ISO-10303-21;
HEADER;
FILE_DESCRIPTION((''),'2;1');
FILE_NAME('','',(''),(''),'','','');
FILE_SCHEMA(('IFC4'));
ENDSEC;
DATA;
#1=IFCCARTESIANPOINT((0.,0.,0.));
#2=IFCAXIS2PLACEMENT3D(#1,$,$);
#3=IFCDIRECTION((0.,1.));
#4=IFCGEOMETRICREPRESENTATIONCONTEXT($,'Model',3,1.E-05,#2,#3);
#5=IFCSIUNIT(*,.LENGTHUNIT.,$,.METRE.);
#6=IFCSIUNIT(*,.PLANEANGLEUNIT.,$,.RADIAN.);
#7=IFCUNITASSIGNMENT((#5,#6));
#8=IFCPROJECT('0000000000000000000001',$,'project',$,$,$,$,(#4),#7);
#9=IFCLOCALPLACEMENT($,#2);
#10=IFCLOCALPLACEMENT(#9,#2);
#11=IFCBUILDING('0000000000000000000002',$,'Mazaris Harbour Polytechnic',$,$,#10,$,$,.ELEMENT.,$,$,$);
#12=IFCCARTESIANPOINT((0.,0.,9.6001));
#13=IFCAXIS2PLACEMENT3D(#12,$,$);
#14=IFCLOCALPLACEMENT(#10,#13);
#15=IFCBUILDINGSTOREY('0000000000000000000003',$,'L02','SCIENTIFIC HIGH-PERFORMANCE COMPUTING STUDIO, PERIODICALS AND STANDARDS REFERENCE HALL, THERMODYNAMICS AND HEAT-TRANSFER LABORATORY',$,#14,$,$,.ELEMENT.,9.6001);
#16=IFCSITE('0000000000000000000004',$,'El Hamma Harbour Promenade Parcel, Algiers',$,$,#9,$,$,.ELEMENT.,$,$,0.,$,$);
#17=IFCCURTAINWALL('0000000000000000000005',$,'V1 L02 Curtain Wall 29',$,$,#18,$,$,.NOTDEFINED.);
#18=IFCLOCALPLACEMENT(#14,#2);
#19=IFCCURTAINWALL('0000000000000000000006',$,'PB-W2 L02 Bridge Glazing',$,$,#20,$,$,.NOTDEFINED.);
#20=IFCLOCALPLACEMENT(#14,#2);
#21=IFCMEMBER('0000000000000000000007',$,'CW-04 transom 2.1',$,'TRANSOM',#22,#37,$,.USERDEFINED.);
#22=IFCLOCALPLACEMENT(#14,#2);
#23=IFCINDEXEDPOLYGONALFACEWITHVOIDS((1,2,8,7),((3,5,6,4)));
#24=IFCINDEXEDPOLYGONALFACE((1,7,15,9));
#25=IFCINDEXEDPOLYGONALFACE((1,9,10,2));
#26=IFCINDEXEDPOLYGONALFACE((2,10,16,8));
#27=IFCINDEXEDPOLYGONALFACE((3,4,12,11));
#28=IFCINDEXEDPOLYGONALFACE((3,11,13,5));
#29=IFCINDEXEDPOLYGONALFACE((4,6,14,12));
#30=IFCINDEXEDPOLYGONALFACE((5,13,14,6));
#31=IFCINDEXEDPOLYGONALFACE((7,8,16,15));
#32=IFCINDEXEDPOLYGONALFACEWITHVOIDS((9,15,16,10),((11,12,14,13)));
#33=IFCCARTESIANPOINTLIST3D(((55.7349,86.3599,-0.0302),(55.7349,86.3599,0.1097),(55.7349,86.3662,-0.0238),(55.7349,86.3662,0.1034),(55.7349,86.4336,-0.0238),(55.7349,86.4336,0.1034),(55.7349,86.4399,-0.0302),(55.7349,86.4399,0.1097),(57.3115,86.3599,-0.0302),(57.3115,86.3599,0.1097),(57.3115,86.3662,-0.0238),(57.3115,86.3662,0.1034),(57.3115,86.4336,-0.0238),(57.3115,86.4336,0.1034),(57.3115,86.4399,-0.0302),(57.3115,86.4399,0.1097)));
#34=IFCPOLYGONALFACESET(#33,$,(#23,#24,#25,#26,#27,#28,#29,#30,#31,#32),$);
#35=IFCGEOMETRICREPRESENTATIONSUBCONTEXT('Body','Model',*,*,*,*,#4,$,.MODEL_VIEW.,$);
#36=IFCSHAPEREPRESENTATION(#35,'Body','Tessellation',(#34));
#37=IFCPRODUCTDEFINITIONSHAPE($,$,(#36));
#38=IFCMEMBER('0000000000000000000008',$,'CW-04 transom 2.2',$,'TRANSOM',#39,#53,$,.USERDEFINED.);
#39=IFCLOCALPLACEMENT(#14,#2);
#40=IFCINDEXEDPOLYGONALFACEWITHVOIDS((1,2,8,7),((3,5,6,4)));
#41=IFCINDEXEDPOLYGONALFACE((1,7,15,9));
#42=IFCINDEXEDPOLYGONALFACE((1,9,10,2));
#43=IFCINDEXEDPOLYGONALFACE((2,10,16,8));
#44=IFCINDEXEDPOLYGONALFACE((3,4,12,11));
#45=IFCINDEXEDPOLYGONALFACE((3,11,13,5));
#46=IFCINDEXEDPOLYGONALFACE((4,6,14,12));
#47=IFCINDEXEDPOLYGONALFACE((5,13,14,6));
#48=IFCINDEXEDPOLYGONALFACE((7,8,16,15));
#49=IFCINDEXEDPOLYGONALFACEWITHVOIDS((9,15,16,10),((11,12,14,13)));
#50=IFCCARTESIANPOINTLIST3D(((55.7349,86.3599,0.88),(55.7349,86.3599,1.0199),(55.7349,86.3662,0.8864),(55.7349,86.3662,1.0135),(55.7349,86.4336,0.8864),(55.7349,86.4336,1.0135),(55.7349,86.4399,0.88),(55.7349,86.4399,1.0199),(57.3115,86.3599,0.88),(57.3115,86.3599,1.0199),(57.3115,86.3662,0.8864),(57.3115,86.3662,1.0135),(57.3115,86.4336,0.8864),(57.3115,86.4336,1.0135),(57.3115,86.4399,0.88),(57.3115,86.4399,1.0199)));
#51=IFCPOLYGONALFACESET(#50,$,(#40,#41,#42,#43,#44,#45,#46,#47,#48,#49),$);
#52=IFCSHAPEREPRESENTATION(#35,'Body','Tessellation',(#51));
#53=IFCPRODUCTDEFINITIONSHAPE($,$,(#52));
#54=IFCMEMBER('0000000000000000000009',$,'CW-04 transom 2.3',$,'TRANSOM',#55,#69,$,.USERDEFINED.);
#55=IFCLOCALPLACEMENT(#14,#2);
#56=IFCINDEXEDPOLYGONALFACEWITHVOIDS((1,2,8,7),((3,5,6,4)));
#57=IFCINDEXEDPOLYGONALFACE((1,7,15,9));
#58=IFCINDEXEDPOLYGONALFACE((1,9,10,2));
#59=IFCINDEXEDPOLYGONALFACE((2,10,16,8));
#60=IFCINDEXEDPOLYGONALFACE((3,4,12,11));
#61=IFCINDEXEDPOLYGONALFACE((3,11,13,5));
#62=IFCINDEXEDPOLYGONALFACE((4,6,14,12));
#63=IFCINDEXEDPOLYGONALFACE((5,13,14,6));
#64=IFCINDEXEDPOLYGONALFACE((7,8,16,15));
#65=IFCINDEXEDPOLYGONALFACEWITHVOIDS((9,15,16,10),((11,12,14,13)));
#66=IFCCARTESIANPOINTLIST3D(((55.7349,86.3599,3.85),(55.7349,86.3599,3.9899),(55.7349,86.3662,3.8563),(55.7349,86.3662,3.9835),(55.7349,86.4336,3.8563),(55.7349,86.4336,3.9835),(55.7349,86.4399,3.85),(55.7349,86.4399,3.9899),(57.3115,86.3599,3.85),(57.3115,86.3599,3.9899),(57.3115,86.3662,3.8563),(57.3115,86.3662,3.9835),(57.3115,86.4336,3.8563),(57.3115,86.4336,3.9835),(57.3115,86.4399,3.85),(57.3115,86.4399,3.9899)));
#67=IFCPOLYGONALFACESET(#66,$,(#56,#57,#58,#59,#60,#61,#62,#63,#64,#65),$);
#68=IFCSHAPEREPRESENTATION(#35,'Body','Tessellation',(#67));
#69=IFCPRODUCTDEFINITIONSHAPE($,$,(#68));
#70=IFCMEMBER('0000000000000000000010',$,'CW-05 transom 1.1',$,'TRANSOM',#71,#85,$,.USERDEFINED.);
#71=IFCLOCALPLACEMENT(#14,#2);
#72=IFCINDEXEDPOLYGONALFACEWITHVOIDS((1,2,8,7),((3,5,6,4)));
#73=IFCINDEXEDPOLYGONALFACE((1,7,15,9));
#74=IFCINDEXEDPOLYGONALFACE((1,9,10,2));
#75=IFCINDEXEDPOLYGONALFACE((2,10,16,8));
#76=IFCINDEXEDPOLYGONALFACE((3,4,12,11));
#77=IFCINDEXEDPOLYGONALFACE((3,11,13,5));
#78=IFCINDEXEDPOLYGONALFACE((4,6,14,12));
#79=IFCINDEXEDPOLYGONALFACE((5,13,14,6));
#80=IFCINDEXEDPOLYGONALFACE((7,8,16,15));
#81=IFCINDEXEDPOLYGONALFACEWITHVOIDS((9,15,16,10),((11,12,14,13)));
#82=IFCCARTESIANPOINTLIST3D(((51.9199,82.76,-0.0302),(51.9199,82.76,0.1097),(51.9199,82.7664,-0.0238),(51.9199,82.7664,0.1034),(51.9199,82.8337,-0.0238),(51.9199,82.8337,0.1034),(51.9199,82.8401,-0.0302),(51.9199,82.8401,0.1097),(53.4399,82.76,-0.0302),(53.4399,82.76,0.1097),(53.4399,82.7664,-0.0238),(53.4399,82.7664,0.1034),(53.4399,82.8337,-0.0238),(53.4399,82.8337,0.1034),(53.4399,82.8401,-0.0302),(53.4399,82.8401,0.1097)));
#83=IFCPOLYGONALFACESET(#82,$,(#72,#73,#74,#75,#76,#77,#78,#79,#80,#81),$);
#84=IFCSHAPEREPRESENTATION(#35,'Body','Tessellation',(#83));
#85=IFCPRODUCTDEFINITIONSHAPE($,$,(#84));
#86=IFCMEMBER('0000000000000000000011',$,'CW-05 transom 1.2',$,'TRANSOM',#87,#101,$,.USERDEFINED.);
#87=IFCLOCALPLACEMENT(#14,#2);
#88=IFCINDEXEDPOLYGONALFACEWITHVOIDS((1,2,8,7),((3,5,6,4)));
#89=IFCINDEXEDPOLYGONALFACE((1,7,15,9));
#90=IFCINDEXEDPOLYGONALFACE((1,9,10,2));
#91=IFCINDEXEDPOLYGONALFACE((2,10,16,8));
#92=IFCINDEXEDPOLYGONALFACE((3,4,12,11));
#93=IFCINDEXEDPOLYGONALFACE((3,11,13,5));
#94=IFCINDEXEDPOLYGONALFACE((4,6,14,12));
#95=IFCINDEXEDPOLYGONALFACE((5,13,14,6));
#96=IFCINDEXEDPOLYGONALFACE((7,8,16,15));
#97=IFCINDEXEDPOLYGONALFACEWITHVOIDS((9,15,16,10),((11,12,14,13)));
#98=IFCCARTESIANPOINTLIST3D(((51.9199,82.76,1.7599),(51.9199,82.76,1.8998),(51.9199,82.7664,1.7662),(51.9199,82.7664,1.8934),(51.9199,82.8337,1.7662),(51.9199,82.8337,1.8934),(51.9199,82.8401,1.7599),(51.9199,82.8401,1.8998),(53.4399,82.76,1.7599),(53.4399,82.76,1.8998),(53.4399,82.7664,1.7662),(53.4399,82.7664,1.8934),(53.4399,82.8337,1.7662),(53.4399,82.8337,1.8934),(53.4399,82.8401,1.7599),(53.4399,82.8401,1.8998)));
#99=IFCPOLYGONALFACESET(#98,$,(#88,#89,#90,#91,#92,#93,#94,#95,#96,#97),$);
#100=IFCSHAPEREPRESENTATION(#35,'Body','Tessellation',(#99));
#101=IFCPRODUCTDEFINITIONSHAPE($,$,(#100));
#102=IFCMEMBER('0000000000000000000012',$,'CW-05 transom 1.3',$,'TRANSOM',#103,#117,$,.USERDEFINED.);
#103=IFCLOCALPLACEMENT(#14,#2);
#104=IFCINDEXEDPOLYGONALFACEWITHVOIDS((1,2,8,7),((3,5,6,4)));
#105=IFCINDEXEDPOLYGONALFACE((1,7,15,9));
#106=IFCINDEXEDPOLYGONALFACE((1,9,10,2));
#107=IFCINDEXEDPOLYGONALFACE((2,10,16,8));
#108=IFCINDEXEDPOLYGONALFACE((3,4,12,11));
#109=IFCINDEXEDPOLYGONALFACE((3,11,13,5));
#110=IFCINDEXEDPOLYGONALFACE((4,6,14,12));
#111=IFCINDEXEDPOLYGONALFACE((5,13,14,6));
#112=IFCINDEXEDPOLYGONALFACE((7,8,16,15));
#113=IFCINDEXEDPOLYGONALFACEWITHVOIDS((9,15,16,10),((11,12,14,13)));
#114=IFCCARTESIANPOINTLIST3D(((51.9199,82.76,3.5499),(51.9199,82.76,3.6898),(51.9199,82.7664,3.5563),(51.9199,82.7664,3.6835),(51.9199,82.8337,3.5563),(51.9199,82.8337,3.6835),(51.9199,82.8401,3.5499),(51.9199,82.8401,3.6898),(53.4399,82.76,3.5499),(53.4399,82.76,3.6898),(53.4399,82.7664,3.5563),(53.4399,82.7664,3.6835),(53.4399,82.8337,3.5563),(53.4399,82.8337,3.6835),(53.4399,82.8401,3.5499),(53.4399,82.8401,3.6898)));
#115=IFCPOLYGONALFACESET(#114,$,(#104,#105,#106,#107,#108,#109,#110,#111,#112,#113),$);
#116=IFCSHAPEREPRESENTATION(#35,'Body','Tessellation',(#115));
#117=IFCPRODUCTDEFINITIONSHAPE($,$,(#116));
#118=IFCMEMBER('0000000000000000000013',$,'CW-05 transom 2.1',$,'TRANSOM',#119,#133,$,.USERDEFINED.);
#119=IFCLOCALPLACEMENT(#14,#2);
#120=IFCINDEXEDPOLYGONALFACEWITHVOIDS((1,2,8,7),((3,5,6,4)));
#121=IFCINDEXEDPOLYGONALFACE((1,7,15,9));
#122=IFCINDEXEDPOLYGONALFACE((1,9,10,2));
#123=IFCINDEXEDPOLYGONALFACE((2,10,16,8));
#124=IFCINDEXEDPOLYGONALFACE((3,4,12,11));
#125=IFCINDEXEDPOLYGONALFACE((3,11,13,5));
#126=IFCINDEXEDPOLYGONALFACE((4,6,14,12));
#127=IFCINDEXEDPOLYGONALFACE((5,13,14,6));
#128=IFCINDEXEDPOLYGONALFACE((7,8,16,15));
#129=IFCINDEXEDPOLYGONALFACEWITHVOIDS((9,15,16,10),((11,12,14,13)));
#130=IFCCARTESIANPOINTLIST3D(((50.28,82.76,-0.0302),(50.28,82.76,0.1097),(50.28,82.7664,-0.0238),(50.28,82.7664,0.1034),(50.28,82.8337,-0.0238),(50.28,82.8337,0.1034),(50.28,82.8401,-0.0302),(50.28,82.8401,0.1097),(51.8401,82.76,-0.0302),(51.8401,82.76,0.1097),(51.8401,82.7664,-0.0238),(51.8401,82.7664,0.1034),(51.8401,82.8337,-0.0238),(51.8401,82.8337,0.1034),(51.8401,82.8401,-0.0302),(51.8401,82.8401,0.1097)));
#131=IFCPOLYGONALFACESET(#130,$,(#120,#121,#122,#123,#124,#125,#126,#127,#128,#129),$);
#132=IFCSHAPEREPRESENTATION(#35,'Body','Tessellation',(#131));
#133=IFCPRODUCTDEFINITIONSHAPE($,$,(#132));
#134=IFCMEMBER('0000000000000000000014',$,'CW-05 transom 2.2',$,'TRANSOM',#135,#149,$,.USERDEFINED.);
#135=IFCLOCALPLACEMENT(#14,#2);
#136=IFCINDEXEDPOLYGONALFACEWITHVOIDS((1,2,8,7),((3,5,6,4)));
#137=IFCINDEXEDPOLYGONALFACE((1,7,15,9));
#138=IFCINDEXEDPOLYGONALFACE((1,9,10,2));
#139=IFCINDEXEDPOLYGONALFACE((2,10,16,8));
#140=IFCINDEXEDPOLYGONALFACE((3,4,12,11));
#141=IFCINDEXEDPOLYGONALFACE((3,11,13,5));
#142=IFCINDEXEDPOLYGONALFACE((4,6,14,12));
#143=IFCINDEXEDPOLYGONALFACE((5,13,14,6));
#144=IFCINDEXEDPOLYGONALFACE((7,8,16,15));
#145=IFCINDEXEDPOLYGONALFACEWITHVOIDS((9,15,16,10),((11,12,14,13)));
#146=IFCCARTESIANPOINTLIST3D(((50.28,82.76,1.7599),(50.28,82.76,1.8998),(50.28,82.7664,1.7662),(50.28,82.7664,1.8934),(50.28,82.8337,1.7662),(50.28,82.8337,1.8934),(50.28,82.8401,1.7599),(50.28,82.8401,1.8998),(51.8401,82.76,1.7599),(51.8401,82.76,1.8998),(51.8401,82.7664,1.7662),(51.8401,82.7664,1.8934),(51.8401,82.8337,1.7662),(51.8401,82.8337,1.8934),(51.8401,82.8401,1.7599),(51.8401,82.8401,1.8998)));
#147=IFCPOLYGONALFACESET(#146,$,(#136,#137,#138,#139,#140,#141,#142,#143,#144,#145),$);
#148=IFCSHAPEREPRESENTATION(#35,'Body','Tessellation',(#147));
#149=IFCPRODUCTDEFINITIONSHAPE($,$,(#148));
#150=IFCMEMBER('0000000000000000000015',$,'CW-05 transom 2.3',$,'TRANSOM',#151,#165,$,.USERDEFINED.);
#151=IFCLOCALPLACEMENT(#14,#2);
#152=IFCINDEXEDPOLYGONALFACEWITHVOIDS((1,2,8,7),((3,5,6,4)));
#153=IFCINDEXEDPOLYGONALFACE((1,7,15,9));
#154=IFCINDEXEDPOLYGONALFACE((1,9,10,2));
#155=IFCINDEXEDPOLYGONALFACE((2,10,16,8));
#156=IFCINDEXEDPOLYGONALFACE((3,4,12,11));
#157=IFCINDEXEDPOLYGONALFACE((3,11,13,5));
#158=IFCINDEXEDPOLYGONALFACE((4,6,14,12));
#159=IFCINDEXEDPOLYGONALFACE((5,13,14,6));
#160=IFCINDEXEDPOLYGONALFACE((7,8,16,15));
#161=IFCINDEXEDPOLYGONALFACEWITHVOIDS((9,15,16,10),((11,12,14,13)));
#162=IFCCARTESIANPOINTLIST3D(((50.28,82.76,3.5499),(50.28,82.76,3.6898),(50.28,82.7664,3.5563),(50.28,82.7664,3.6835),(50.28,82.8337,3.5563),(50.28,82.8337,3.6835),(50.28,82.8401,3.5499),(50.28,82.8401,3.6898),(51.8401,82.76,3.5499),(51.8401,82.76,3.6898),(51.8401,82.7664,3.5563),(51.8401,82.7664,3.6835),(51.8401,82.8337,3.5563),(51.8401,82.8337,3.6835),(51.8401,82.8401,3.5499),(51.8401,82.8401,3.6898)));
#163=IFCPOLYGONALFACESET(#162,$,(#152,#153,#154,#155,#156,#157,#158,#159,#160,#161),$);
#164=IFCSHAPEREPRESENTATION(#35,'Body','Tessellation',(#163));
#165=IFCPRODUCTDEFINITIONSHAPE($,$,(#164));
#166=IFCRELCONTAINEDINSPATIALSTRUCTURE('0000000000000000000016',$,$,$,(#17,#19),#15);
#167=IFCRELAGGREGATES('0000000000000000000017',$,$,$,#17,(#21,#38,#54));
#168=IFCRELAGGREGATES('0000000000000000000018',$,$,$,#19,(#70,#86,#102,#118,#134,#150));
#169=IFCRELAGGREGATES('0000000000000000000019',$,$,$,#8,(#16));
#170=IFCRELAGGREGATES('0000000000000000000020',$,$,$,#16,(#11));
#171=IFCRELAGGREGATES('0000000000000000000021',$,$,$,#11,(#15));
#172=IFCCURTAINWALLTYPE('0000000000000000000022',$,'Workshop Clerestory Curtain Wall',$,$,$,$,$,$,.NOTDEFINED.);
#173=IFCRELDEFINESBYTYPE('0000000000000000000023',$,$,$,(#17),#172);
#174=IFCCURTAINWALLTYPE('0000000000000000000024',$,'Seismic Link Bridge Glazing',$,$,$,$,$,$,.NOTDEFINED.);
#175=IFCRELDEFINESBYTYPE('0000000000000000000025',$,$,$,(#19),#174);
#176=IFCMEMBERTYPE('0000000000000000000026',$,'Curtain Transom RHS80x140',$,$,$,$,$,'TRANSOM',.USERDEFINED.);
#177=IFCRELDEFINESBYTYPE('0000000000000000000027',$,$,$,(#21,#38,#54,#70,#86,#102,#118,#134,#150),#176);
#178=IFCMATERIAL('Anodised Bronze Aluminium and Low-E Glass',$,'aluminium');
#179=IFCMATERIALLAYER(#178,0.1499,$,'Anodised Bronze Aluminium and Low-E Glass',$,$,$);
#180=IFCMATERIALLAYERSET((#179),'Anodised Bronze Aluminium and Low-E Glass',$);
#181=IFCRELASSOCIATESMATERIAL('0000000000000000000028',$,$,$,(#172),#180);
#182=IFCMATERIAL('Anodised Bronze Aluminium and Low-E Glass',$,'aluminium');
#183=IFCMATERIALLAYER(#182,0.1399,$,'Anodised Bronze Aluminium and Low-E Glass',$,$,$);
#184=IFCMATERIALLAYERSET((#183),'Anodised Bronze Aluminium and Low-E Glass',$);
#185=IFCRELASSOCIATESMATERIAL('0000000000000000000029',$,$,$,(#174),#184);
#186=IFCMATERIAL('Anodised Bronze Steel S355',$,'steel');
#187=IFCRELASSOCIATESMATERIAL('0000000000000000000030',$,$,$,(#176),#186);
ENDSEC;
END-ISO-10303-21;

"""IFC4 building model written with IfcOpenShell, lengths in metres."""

from ifc_helpers import new_model, si_unit, direction, frame, origin, origin_2d, place, context, subcontext, project, spatial, hollow_rectangle, extrude, material, layer, layer_set, material_profile, profile_set, type_object, element, aggregate, save


model = new_model("IFC4")

# Units and contexts
model_context = context("Model", 3, precision=1e-05, world=origin(), true_north=direction((0.0, 1.0)))
body_context = subcontext(model_context, "Body", "Model", "MODEL_VIEW")
ifc_project = project(units=[si_unit("LENGTHUNIT", "METRE"), si_unit("PLANEANGLEUNIT", "RADIAN")], contexts=[model_context])

# Site, building, storey
site_placement = place(None, origin())
site = spatial("IfcSite", under=ifc_project, at=site_placement, Name="El Hamma Harbour Promenade Parcel, Algiers", CompositionType="ELEMENT", RefElevation=0.0)
building_placement = place(site_placement, origin())
building = spatial("IfcBuilding", under=site, at=building_placement, Name="Mazaris Harbour Polytechnic", CompositionType="ELEMENT")
storey_placement = place(building_placement, frame((0.0, 0.0, 9.6001)))
storey = spatial("IfcBuildingStorey", under=building, at=storey_placement, Name="L02", Description="SCIENTIFIC HIGH-PERFORMANCE COMPUTING STUDIO, PERIODICALS AND STANDARDS REFERENCE HALL, THERMODYNAMICS AND HEAT-TRANSFER LABORATORY", CompositionType="ELEMENT", Elevation=9.6001)

# Curtain walls
ifc_material_1 = material(Name="Anodised Bronze Aluminium and Low-E Glass", Category="aluminium")
ifc_layer_1 = layer(ifc_material_1, 0.1499, Name="Anodised Bronze Aluminium and Low-E Glass")
ifc_layer_set_1 = layer_set([ifc_layer_1], Name="Anodised Bronze Aluminium and Low-E Glass")
curtain_wall_type_1 = type_object("IfcCurtainWallType", Name="Workshop Clerestory Curtain Wall", PredefinedType="NOTDEFINED", material=ifc_layer_set_1)
curtain_wall_1_placement = place(storey_placement, origin())
curtain_wall_1 = element("IfcCurtainWall", 1, at=curtain_wall_1_placement, inside=storey, type_object=curtain_wall_type_1, Name="V1 L02 Curtain Wall 29", PredefinedType="NOTDEFINED")
ifc_material_2 = material(Name="Anodised Bronze Aluminium and Low-E Glass", Category="aluminium")
ifc_layer_2 = layer(ifc_material_2, 0.1399, Name="Anodised Bronze Aluminium and Low-E Glass")
ifc_layer_set_2 = layer_set([ifc_layer_2], Name="Anodised Bronze Aluminium and Low-E Glass")
curtain_wall_type_2 = type_object("IfcCurtainWallType", Name="Seismic Link Bridge Glazing", PredefinedType="NOTDEFINED", material=ifc_layer_set_2)
curtain_wall_2_placement = place(storey_placement, origin())
curtain_wall_2 = element("IfcCurtainWall", 2, at=curtain_wall_2_placement, inside=storey, type_object=curtain_wall_type_2, Name="PB-W2 L02 Bridge Glazing", PredefinedType="NOTDEFINED")

# Members
ifc_material_3 = material(Name="Anodised Bronze Steel S355", Category="steel")
ifc_material_profile_1 = material_profile(ifc_material_3, hollow_rectangle(XDim=0.0801, YDim=0.1399, WallThickness=0.0063, at=origin_2d()), Name="RHS 80x140x6.3")
ifc_profile_set_1 = profile_set([ifc_material_profile_1], Name="Anodised Bronze Steel S355")
member_type_1 = type_object("IfcMemberType", Name="Curtain Transom RHS80x140", ElementType="TRANSOM", PredefinedType="USERDEFINED", material=ifc_profile_set_1)
member_1_placement = place(storey_placement, frame((55.7349, 86.3999, 0.0398), z_axis=(1.0, 0.0, 0.0), x_axis=(0.0, 1.0, 0.0)))
member_1 = element("IfcMember", 3, at=member_1_placement, type_object=member_type_1, Name="CW-04 transom 2.1", ObjectType="TRANSOM", PredefinedType="USERDEFINED", context=body_context, shape_type="SweptSolid", body=[
    extrude(hollow_rectangle(XDim=0.0801, YDim=0.1399, WallThickness=0.0063, at=origin_2d()), origin(), (0.0, 0.0, 1.0), 1.5767),
])
member_2_placement = place(storey_placement, frame((55.7349, 86.3999, 0.95), z_axis=(1.0, 0.0, 0.0), x_axis=(0.0, 1.0, 0.0)))
member_2 = element("IfcMember", 4, at=member_2_placement, type_object=member_type_1, Name="CW-04 transom 2.2", ObjectType="TRANSOM", PredefinedType="USERDEFINED", context=body_context, shape_type="SweptSolid", body=[
    extrude(hollow_rectangle(XDim=0.0801, YDim=0.1399, WallThickness=0.0063, at=origin_2d()), origin(), (0.0, 0.0, 1.0), 1.5767),
])
member_3_placement = place(storey_placement, frame((55.7349, 86.3999, 3.9199), z_axis=(1.0, 0.0, 0.0), x_axis=(0.0, 1.0, 0.0)))
member_3 = element("IfcMember", 5, at=member_3_placement, type_object=member_type_1, Name="CW-04 transom 2.3", ObjectType="TRANSOM", PredefinedType="USERDEFINED", context=body_context, shape_type="SweptSolid", body=[
    extrude(hollow_rectangle(XDim=0.0801, YDim=0.1399, WallThickness=0.0063, at=origin_2d()), origin(), (0.0, 0.0, 1.0), 1.5767),
])
member_4_placement = place(storey_placement, frame((53.4399, 82.8, 0.0398), z_axis=(-1.0, 0.0, 0.0), x_axis=(0.0, -1.0, 0.0)))
member_4 = element("IfcMember", 6, at=member_4_placement, type_object=member_type_1, Name="CW-05 transom 1.1", ObjectType="TRANSOM", PredefinedType="USERDEFINED", context=body_context, shape_type="SweptSolid", body=[
    extrude(hollow_rectangle(XDim=0.0801, YDim=0.1399, WallThickness=0.0063, at=origin_2d()), origin(), (0.0, 0.0, 1.0), 1.52),
])
member_5_placement = place(storey_placement, frame((53.4399, 82.8, 1.8298), z_axis=(-1.0, 0.0, 0.0), x_axis=(0.0, -1.0, 0.0)))
member_5 = element("IfcMember", 7, at=member_5_placement, type_object=member_type_1, Name="CW-05 transom 1.2", ObjectType="TRANSOM", PredefinedType="USERDEFINED", context=body_context, shape_type="SweptSolid", body=[
    extrude(hollow_rectangle(XDim=0.0801, YDim=0.1399, WallThickness=0.0063, at=origin_2d()), origin(), (0.0, 0.0, 1.0), 1.52),
])
member_6_placement = place(storey_placement, frame((53.4399, 82.8, 3.6199), z_axis=(-1.0, 0.0, 0.0), x_axis=(0.0, -1.0, 0.0)))
member_6 = element("IfcMember", 8, at=member_6_placement, type_object=member_type_1, Name="CW-05 transom 1.3", ObjectType="TRANSOM", PredefinedType="USERDEFINED", context=body_context, shape_type="SweptSolid", body=[
    extrude(hollow_rectangle(XDim=0.0801, YDim=0.1399, WallThickness=0.0063, at=origin_2d()), origin(), (0.0, 0.0, 1.0), 1.52),
])
member_7_placement = place(storey_placement, frame((51.8401, 82.8, 0.0398), z_axis=(-1.0, 0.0, 0.0), x_axis=(0.0, -1.0, 0.0)))
member_7 = element("IfcMember", 9, at=member_7_placement, type_object=member_type_1, Name="CW-05 transom 2.1", ObjectType="TRANSOM", PredefinedType="USERDEFINED", context=body_context, shape_type="SweptSolid", body=[
    extrude(hollow_rectangle(XDim=0.0801, YDim=0.1399, WallThickness=0.0063, at=origin_2d()), origin(), (0.0, 0.0, 1.0), 1.5601),
])
member_8_placement = place(storey_placement, frame((51.8401, 82.8, 1.8298), z_axis=(-1.0, 0.0, 0.0), x_axis=(0.0, -1.0, 0.0)))
member_8 = element("IfcMember", 10, at=member_8_placement, type_object=member_type_1, Name="CW-05 transom 2.2", ObjectType="TRANSOM", PredefinedType="USERDEFINED", context=body_context, shape_type="SweptSolid", body=[
    extrude(hollow_rectangle(XDim=0.0801, YDim=0.1399, WallThickness=0.0063, at=origin_2d()), origin(), (0.0, 0.0, 1.0), 1.5601),
])
member_9_placement = place(storey_placement, frame((51.8401, 82.8, 3.6199), z_axis=(-1.0, 0.0, 0.0), x_axis=(0.0, -1.0, 0.0)))
member_9 = element("IfcMember", 11, at=member_9_placement, type_object=member_type_1, Name="CW-05 transom 2.3", ObjectType="TRANSOM", PredefinedType="USERDEFINED", context=body_context, shape_type="SweptSolid", body=[
    extrude(hollow_rectangle(XDim=0.0801, YDim=0.1399, WallThickness=0.0063, at=origin_2d()), origin(), (0.0, 0.0, 1.0), 1.5601),
])

aggregate(curtain_wall_1, [member_1, member_2, member_3])
aggregate(curtain_wall_2, [member_4, member_5, member_6, member_7, member_8, member_9])

save(model, "model.ifc")
